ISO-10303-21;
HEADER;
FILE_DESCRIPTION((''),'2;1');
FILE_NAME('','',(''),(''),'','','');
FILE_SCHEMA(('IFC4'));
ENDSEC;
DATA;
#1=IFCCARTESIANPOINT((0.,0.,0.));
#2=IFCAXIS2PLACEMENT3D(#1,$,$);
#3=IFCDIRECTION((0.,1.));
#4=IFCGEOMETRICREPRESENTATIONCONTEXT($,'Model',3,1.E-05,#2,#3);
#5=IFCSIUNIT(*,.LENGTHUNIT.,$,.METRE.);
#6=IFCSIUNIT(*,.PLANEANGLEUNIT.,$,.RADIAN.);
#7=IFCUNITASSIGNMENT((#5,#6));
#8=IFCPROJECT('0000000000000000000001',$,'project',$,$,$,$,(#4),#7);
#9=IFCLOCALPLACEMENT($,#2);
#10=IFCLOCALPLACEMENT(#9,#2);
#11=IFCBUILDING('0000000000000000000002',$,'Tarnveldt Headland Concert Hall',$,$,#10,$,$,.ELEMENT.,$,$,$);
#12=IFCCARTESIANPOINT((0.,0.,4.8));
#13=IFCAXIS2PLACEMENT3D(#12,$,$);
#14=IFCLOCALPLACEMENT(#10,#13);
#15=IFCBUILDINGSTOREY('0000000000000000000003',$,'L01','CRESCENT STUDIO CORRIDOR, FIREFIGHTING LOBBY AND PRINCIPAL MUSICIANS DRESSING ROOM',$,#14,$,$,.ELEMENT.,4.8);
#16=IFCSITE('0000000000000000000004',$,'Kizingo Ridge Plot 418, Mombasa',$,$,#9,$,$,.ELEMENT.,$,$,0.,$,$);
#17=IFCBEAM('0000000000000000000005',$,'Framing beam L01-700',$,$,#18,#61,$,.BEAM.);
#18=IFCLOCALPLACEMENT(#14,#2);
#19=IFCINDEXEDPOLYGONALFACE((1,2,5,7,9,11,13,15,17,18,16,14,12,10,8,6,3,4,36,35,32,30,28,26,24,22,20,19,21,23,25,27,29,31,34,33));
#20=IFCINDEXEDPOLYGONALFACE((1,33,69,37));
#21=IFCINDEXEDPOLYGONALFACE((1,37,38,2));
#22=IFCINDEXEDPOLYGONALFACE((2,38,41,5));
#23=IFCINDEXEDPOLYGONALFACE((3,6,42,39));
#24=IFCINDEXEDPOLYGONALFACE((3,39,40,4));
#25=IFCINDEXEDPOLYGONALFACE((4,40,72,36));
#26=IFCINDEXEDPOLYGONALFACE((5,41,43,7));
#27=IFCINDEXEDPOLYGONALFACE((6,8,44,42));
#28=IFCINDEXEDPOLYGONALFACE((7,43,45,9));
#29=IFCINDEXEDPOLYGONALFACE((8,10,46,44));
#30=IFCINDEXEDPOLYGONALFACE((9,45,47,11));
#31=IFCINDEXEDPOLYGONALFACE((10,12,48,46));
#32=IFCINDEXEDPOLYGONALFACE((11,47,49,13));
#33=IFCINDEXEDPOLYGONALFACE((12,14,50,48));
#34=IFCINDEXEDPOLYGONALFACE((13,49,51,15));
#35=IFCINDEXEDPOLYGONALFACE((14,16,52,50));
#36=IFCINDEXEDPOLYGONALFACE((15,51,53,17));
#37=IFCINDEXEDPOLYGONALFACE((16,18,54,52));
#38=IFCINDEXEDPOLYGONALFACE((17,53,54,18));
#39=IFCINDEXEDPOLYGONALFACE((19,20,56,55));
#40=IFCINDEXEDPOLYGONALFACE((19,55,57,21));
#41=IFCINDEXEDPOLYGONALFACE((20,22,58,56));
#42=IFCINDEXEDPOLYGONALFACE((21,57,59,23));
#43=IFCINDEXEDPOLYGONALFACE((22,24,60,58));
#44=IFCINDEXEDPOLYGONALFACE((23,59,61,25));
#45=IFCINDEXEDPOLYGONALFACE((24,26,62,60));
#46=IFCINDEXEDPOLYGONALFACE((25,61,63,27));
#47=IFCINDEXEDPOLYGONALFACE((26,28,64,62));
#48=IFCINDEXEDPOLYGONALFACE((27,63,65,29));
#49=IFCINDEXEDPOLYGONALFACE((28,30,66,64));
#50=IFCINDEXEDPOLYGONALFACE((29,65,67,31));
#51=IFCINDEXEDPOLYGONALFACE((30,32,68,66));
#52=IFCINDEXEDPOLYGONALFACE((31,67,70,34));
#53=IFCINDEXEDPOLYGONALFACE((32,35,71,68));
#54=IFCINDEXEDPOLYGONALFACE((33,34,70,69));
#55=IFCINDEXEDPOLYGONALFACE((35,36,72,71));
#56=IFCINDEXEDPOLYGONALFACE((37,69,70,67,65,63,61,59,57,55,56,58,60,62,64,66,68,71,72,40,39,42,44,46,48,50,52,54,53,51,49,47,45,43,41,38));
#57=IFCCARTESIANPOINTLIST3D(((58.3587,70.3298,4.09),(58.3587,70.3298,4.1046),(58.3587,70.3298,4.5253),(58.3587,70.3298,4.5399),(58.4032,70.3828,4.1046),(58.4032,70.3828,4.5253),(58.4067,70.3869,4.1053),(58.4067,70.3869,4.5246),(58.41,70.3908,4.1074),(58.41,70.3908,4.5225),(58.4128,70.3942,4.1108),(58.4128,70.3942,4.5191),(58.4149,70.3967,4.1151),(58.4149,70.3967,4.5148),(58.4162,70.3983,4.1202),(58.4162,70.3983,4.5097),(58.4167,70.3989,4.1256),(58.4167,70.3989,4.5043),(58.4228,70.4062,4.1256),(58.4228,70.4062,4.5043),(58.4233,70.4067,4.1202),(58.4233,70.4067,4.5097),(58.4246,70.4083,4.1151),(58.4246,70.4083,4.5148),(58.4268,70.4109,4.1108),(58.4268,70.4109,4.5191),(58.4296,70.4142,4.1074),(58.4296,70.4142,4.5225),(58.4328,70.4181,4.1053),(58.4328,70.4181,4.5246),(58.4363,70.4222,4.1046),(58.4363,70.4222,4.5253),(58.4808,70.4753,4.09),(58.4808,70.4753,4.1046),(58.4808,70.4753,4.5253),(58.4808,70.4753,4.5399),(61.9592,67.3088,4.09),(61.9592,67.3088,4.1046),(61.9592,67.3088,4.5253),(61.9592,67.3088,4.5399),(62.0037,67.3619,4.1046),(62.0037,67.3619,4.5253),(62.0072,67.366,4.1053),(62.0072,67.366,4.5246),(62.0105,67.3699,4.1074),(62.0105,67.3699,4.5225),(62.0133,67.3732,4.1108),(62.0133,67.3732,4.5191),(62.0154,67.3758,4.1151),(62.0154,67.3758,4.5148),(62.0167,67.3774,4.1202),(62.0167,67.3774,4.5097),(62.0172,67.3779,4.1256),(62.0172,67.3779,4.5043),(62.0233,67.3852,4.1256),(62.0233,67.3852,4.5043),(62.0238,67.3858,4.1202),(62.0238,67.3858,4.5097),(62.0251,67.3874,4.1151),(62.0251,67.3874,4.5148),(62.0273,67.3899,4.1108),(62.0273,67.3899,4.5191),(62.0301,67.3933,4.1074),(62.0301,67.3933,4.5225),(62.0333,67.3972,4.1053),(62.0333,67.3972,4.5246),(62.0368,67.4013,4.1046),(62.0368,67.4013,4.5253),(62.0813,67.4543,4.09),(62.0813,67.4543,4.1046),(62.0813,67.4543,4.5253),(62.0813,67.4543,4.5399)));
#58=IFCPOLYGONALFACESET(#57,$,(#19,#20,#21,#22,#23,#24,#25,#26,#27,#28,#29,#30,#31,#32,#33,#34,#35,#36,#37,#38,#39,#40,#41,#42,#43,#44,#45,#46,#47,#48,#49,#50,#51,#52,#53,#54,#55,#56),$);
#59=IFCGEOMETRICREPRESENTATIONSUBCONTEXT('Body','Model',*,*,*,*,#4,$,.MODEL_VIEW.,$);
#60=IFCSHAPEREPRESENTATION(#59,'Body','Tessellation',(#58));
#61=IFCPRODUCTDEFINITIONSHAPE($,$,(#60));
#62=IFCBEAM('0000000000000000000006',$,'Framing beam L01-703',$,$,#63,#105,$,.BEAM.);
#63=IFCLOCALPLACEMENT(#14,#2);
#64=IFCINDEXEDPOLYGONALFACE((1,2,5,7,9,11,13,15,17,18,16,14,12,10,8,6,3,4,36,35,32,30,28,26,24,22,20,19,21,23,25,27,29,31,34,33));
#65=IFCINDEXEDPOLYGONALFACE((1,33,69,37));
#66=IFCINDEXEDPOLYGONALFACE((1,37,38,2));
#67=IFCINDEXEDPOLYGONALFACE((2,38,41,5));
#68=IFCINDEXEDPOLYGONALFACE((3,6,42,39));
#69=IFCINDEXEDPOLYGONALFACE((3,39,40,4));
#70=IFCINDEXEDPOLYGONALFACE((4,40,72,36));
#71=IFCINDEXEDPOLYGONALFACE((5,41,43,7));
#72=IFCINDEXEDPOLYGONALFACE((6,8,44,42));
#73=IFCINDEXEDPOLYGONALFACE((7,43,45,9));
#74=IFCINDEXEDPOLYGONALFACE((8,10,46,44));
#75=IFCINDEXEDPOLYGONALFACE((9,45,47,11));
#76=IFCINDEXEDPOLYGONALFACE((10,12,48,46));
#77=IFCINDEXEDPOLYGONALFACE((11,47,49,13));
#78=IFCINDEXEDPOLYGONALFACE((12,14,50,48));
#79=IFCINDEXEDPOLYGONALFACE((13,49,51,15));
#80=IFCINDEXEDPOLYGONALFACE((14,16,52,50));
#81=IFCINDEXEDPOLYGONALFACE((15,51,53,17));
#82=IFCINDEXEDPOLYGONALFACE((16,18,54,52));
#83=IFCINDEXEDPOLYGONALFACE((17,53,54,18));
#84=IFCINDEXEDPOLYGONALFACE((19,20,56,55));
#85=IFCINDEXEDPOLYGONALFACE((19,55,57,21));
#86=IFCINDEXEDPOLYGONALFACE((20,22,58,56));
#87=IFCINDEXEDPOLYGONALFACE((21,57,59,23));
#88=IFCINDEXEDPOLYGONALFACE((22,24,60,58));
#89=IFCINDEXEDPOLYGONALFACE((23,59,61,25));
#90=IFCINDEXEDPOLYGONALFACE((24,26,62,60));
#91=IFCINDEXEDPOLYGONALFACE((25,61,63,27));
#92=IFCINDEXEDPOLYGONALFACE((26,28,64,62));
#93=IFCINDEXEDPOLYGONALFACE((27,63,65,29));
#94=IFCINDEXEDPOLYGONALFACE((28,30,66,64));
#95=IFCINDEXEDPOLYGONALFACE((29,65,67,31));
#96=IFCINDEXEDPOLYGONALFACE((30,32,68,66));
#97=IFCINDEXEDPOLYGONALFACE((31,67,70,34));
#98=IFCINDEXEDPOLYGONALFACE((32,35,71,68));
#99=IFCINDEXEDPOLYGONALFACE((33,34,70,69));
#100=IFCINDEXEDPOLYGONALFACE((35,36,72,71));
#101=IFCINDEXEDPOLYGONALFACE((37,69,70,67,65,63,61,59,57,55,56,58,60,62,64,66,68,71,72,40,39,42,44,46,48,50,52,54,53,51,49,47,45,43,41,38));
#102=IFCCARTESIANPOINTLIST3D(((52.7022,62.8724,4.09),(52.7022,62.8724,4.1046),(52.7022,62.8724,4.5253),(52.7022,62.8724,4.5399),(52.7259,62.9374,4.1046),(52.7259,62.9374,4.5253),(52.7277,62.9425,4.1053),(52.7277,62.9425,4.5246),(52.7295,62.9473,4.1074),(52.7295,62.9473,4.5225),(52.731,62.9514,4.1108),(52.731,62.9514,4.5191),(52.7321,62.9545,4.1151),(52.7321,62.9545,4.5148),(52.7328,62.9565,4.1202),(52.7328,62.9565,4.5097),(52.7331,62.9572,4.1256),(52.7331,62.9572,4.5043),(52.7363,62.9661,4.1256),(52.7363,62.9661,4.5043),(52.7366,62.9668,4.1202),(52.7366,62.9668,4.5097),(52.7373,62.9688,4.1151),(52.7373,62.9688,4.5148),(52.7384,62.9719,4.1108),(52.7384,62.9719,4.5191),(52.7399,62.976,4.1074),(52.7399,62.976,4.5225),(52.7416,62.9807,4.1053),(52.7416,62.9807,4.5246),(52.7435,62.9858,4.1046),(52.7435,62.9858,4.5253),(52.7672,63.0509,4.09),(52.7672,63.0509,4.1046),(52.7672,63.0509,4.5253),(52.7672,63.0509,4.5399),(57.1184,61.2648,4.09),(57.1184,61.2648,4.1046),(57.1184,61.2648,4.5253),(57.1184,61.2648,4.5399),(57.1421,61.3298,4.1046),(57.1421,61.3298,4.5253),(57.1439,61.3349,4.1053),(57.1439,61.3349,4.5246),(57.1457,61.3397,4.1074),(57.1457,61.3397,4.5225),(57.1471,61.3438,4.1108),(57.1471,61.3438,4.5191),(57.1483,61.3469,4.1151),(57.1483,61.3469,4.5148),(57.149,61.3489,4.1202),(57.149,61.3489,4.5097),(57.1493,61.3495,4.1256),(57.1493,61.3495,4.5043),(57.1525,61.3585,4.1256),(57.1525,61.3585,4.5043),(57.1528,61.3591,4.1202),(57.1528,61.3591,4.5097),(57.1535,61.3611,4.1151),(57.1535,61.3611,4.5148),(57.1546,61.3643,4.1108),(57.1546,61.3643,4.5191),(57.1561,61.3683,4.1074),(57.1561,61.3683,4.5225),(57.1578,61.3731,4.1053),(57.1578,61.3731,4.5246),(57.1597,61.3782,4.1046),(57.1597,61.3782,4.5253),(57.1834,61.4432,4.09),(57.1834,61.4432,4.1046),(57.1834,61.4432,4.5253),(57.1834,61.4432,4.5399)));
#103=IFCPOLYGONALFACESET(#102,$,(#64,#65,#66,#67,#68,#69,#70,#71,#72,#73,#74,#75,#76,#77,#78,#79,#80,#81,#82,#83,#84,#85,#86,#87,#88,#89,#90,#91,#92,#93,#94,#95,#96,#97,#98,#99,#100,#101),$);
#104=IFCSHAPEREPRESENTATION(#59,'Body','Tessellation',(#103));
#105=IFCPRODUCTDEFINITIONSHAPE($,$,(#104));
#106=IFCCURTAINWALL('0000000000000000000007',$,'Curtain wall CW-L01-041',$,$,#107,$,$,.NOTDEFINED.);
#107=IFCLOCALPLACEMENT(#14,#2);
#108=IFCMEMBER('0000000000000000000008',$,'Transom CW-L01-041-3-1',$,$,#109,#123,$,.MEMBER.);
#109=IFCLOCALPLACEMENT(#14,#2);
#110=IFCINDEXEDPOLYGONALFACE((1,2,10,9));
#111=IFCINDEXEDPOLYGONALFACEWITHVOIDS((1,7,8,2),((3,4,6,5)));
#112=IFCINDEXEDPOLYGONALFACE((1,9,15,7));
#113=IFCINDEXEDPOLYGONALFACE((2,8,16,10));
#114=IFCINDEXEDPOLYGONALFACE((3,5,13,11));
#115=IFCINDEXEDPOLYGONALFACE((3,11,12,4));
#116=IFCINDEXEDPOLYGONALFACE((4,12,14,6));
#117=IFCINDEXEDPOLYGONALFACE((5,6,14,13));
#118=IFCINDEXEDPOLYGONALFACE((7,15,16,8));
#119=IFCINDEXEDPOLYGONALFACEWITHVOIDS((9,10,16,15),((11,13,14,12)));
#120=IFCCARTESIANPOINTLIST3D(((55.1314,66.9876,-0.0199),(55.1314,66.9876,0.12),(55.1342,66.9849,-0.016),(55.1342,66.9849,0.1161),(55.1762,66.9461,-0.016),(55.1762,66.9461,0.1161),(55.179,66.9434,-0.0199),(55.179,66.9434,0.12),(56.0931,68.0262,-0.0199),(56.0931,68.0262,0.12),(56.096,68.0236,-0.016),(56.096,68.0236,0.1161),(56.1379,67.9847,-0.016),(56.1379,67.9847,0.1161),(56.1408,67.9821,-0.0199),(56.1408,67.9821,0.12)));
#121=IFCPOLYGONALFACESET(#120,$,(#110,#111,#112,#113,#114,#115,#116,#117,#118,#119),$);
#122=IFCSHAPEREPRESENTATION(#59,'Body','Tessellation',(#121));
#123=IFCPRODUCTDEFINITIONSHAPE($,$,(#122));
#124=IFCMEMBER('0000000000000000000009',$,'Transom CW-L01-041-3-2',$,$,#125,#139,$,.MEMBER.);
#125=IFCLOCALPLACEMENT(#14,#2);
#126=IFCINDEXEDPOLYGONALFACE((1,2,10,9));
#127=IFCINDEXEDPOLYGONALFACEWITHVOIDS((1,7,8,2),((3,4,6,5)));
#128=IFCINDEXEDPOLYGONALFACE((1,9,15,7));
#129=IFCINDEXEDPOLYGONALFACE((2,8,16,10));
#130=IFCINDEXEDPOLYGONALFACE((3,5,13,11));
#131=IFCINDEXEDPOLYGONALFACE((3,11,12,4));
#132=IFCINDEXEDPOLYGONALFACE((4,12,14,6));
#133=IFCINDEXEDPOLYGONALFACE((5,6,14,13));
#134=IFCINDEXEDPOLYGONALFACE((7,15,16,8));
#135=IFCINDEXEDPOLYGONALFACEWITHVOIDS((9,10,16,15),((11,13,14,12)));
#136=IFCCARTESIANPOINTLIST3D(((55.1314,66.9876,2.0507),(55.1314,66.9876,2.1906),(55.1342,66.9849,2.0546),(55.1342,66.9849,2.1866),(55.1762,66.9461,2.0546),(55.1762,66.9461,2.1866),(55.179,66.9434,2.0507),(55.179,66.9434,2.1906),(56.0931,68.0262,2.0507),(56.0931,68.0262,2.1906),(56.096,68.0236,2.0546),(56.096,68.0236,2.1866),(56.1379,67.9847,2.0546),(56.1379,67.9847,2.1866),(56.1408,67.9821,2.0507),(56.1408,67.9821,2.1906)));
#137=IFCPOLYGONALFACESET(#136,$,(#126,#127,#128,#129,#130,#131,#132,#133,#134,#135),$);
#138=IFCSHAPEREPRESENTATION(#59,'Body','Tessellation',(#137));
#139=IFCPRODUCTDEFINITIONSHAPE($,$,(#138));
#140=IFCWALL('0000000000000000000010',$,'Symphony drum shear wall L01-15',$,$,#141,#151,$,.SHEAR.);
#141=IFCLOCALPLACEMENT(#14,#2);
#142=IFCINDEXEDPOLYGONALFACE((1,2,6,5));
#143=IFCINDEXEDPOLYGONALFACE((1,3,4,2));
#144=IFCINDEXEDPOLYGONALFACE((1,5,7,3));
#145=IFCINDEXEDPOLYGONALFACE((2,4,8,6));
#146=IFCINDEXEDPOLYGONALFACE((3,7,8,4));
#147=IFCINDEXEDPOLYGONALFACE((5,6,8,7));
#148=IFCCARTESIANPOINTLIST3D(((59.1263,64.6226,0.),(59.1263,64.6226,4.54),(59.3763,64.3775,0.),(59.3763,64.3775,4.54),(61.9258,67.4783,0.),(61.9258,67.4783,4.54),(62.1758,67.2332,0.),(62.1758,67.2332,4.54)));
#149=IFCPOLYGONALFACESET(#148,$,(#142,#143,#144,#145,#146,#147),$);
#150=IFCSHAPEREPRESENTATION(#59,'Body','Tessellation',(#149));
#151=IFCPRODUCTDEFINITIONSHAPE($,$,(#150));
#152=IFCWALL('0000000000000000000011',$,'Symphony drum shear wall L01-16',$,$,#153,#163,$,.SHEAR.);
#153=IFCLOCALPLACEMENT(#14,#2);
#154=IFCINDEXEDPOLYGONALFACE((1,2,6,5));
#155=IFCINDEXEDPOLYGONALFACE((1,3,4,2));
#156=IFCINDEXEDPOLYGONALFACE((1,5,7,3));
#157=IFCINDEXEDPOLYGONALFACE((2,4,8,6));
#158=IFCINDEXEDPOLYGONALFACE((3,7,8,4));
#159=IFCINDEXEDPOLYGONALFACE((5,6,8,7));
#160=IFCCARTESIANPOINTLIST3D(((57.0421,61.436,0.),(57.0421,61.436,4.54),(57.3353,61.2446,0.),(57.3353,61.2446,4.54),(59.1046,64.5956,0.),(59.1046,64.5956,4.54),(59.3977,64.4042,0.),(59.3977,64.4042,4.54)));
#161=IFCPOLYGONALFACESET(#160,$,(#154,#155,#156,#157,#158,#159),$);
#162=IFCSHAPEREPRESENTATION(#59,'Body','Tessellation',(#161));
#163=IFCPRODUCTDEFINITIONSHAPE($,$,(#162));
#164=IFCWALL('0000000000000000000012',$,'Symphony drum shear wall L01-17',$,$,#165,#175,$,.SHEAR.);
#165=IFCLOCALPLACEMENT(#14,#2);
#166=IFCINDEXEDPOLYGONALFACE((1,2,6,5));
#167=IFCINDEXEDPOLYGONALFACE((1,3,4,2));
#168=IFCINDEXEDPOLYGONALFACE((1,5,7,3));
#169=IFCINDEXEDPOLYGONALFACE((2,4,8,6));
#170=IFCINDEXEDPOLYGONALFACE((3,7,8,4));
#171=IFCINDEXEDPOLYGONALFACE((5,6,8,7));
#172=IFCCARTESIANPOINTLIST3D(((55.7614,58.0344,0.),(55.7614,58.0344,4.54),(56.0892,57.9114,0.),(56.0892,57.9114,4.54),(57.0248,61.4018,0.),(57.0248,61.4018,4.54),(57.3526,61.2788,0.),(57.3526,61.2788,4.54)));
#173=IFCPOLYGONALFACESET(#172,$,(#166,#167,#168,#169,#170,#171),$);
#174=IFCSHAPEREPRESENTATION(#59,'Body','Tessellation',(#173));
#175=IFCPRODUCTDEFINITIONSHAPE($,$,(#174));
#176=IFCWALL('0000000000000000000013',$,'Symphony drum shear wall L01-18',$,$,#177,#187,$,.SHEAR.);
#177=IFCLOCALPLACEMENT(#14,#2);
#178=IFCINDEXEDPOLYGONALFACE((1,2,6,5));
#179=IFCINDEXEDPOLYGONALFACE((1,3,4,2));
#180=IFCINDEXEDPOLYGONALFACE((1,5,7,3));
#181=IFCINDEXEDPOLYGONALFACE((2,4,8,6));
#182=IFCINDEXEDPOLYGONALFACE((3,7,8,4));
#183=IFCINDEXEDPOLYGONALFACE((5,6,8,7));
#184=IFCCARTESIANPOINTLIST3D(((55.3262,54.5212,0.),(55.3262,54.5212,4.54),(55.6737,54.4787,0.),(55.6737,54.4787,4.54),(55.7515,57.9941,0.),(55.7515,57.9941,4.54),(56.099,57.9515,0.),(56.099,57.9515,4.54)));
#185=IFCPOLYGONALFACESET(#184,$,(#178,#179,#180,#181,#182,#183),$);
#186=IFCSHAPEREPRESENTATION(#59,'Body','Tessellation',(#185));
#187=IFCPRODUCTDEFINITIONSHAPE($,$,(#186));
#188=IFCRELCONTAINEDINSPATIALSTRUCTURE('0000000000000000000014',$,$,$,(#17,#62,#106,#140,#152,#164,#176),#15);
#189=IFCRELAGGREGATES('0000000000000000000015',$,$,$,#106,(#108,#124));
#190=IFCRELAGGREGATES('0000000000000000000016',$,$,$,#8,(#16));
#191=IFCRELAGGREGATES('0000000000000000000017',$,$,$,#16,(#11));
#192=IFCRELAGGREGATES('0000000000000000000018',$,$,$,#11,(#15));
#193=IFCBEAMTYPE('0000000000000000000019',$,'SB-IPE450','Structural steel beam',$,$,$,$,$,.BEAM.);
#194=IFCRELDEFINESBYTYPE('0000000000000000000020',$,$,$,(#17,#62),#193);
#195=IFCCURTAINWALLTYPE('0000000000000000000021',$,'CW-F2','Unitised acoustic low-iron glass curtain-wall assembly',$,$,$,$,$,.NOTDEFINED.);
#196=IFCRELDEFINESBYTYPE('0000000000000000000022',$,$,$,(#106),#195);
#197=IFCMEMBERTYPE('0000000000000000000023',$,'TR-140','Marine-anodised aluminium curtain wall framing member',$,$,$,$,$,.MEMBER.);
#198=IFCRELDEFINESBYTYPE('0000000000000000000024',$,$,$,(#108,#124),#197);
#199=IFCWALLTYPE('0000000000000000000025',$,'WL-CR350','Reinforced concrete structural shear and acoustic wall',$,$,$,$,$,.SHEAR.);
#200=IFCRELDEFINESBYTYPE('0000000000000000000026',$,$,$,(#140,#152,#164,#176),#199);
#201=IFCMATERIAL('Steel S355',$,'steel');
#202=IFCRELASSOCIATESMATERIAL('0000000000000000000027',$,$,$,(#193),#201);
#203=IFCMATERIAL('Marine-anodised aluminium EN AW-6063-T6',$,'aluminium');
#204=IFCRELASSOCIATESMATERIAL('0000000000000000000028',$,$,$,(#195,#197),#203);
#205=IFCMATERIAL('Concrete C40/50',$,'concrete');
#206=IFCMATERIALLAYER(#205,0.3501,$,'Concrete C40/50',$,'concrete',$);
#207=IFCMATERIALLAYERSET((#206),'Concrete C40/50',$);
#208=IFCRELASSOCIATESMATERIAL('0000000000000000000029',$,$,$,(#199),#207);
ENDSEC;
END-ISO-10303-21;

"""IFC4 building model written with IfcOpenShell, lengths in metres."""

from ifc_helpers import new_model, si_unit, direction, frame, frame_2d, origin, origin_2d, place, context, subcontext, project, spatial, rectangle, hollow_rectangle, i_section, extrude, material, layer, layer_set, material_profile, profile_set, type_object, element, aggregate, save


model = new_model("IFC4")

# Units and contexts
model_context = context("Model", 3, precision=1e-05, world=origin(), true_north=direction((0.0, 1.0)))
body_context = subcontext(model_context, "Body", "Model", "MODEL_VIEW")
ifc_project = project(units=[si_unit("LENGTHUNIT", "METRE"), si_unit("PLANEANGLEUNIT", "RADIAN")], contexts=[model_context])

# Site, building, storey
site_placement = place(None, origin())
site = spatial("IfcSite", under=ifc_project, at=site_placement, Name="Kizingo Ridge Plot 418, Mombasa", CompositionType="ELEMENT", RefElevation=0.0)
building_placement = place(site_placement, origin())
building = spatial("IfcBuilding", under=site, at=building_placement, Name="Tarnveldt Headland Concert Hall", CompositionType="ELEMENT")
storey_placement = place(building_placement, frame((0.0, 0.0, 4.8)))
storey = spatial("IfcBuildingStorey", under=building, at=storey_placement, Name="L01", Description="CRESCENT STUDIO CORRIDOR, FIREFIGHTING LOBBY AND PRINCIPAL MUSICIANS DRESSING ROOM", CompositionType="ELEMENT", Elevation=4.8)

# Shared definitions
ifc_material_1 = material(Name="Concrete C40/50", Category="concrete")

# Beams
ifc_material_2 = material(Name="Steel S355", Category="steel")
ifc_material_profile_1 = material_profile(ifc_material_2, i_section(OverallWidth=0.1899, OverallDepth=0.45, WebThickness=0.0095, FlangeThickness=0.0146, FilletRadius=0.021, at=origin_2d()), Name="IPE450", Category="steel")
ifc_profile_set_1 = profile_set([ifc_material_profile_1], Name="Steel S355")
beam_type_1 = type_object("IfcBeamType", Name="SB-IPE450", Description="Structural steel beam", PredefinedType="BEAM", material=ifc_profile_set_1)
beam_1_placement = place(storey_placement, frame((62.0203, 67.3816, 4.3149), z_axis=(-0.766071, 0.642756, 0.0), x_axis=(-0.642756, -0.766071, 0.0)))
element("IfcBeam", 1, at=beam_1_placement, inside=storey, type_object=beam_type_1, Name="Framing beam L01-700", PredefinedType="BEAM", context=body_context, shape_type="SweptSolid", body=[
    extrude(i_section(OverallWidth=0.1899, OverallDepth=0.45, WebThickness=0.0095, FlangeThickness=0.0146, FilletRadius=0.021, at=origin_2d()), origin(), (0.0, 0.0, 1.0), 4.7),
])
beam_2_placement = place(storey_placement, frame((57.1509, 61.354, 4.3149), z_axis=(-0.939674, 0.342073, 0.0), x_axis=(-0.342073, -0.939674, 0.0)))
element("IfcBeam", 2, at=beam_2_placement, inside=storey, type_object=beam_type_1, Name="Framing beam L01-703", PredefinedType="BEAM", context=body_context, shape_type="SweptSolid", body=[
    extrude(i_section(OverallWidth=0.1899, OverallDepth=0.45, WebThickness=0.0095, FlangeThickness=0.0146, FilletRadius=0.021, at=origin_2d()), origin(), (0.0, 0.0, 1.0), 4.6997),
])

# Curtain wall, members
ifc_material_3 = material(Name="Marine-anodised aluminium EN AW-6063-T6", Category="aluminium")
curtain_wall_type = type_object("IfcCurtainWallType", Name="CW-F2", Description="Unitised acoustic low-iron glass curtain-wall assembly", PredefinedType="NOTDEFINED", material=ifc_material_3)
curtain_wall_placement = place(storey_placement, origin())
curtain_wall = element("IfcCurtainWall", 3, at=curtain_wall_placement, inside=storey, type_object=curtain_wall_type, Name="Curtain wall CW-L01-041", PredefinedType="NOTDEFINED")
ifc_material_profile_2 = material_profile(ifc_material_3, hollow_rectangle(XDim=0.0649, YDim=0.1399, WallThickness=0.0039, at=origin_2d()), Name="ALU TRANSOM 65x140x4", Category="aluminium")
ifc_profile_set_2 = profile_set([ifc_material_profile_2], Name="Marine-anodised aluminium EN AW-6063-T6")
member_type = type_object("IfcMemberType", Name="TR-140", Description="Marine-anodised aluminium curtain wall framing member", PredefinedType="MEMBER", material=ifc_profile_set_2)
member_1_placement = place(storey_placement, frame((56.1169, 68.0042, 0.05), z_axis=(-0.679418, -0.733751, 0.0), x_axis=(0.733751, -0.679418, 0.0)))
member_1 = element("IfcMember", 4, at=member_1_placement, type_object=member_type, Name="Transom CW-L01-041-3-1", PredefinedType="MEMBER", context=body_context, shape_type="SweptSolid", body=[
    extrude(hollow_rectangle(XDim=0.0649, YDim=0.1399, WallThickness=0.0039, at=origin_2d()), origin(), (0.0, 0.0, 1.0), 1.4155),
])
member_2_placement = place(storey_placement, frame((56.1169, 68.0042, 2.1206), z_axis=(-0.679418, -0.733751, 0.0), x_axis=(0.733751, -0.679418, 0.0)))
member_2 = element("IfcMember", 5, at=member_2_placement, type_object=member_type, Name="Transom CW-L01-041-3-2", PredefinedType="MEMBER", context=body_context, shape_type="SweptSolid", body=[
    extrude(hollow_rectangle(XDim=0.0649, YDim=0.1399, WallThickness=0.0039, at=origin_2d()), origin(), (0.0, 0.0, 1.0), 1.4155),
])
aggregate(curtain_wall, [member_1, member_2])

# Walls
ifc_layer_1 = layer(ifc_material_1, 0.3501, Name="Concrete C40/50", Category="concrete")
ifc_layer_set_1 = layer_set([ifc_layer_1], Name="Concrete C40/50")
wall_type_1 = type_object("IfcWallType", Name="WL-CR350", Description="Reinforced concrete structural shear and acoustic wall", PredefinedType="SHEAR", material=ifc_layer_set_1)
wall_1_placement = place(storey_placement, frame((62.0508, 67.3557, 0.0), z_axis=(0.0, 0.0, 1.0), x_axis=(-0.700051, -0.714093, 0.0)))
element("IfcWall", 6, at=wall_1_placement, inside=storey, type_object=wall_type_1, Name="Symphony drum shear wall L01-15", PredefinedType="SHEAR", context=body_context, shape_type="SweptSolid", body=[
    extrude(rectangle(XDim=3.999, YDim=0.3501, at=frame_2d((1.9995, 0.0))), origin(), (0.0, 0.0, 1.0), 4.54),
])
wall_2_placement = place(storey_placement, frame((59.2512, 64.5, 0.0), z_axis=(0.0, 0.0, 1.0), x_axis=(-0.546611, -0.837387, 0.0)))
element("IfcWall", 7, at=wall_2_placement, inside=storey, type_object=wall_type_1, Name="Symphony drum shear wall L01-16", PredefinedType="SHEAR", context=body_context, shape_type="SweptSolid", body=[
    extrude(rectangle(XDim=3.7732, YDim=0.3501, at=frame_2d((1.8867, 0.0))), origin(), (0.0, 0.0, 1.0), 4.54),
])
wall_3_placement = place(storey_placement, frame((57.1887, 61.3403, 0.0), z_axis=(0.0, 0.0, 1.0), x_axis=(-0.35128, -0.936271, 0.0)))
element("IfcWall", 8, at=wall_3_placement, inside=storey, type_object=wall_type_1, Name="Symphony drum shear wall L01-17", PredefinedType="SHEAR", context=body_context, shape_type="SweptSolid", body=[
    extrude(rectangle(XDim=3.5967, YDim=0.3501, at=frame_2d((1.7983, 0.0))), origin(), (0.0, 0.0, 1.0), 4.54),
])
wall_4_placement = place(storey_placement, frame((55.9253, 57.9729, 0.0), z_axis=(0.0, 0.0, 1.0), x_axis=(-0.121552, -0.992585, 0.0)))
element("IfcWall", 9, at=wall_4_placement, inside=storey, type_object=wall_type_1, Name="Symphony drum shear wall L01-18", PredefinedType="SHEAR", context=body_context, shape_type="SweptSolid", body=[
    extrude(rectangle(XDim=3.4988, YDim=0.3501, at=frame_2d((1.7495, 0.0))), origin(), (0.0, 0.0, 1.0), 4.54),
])

save(model, "model.ifc")
